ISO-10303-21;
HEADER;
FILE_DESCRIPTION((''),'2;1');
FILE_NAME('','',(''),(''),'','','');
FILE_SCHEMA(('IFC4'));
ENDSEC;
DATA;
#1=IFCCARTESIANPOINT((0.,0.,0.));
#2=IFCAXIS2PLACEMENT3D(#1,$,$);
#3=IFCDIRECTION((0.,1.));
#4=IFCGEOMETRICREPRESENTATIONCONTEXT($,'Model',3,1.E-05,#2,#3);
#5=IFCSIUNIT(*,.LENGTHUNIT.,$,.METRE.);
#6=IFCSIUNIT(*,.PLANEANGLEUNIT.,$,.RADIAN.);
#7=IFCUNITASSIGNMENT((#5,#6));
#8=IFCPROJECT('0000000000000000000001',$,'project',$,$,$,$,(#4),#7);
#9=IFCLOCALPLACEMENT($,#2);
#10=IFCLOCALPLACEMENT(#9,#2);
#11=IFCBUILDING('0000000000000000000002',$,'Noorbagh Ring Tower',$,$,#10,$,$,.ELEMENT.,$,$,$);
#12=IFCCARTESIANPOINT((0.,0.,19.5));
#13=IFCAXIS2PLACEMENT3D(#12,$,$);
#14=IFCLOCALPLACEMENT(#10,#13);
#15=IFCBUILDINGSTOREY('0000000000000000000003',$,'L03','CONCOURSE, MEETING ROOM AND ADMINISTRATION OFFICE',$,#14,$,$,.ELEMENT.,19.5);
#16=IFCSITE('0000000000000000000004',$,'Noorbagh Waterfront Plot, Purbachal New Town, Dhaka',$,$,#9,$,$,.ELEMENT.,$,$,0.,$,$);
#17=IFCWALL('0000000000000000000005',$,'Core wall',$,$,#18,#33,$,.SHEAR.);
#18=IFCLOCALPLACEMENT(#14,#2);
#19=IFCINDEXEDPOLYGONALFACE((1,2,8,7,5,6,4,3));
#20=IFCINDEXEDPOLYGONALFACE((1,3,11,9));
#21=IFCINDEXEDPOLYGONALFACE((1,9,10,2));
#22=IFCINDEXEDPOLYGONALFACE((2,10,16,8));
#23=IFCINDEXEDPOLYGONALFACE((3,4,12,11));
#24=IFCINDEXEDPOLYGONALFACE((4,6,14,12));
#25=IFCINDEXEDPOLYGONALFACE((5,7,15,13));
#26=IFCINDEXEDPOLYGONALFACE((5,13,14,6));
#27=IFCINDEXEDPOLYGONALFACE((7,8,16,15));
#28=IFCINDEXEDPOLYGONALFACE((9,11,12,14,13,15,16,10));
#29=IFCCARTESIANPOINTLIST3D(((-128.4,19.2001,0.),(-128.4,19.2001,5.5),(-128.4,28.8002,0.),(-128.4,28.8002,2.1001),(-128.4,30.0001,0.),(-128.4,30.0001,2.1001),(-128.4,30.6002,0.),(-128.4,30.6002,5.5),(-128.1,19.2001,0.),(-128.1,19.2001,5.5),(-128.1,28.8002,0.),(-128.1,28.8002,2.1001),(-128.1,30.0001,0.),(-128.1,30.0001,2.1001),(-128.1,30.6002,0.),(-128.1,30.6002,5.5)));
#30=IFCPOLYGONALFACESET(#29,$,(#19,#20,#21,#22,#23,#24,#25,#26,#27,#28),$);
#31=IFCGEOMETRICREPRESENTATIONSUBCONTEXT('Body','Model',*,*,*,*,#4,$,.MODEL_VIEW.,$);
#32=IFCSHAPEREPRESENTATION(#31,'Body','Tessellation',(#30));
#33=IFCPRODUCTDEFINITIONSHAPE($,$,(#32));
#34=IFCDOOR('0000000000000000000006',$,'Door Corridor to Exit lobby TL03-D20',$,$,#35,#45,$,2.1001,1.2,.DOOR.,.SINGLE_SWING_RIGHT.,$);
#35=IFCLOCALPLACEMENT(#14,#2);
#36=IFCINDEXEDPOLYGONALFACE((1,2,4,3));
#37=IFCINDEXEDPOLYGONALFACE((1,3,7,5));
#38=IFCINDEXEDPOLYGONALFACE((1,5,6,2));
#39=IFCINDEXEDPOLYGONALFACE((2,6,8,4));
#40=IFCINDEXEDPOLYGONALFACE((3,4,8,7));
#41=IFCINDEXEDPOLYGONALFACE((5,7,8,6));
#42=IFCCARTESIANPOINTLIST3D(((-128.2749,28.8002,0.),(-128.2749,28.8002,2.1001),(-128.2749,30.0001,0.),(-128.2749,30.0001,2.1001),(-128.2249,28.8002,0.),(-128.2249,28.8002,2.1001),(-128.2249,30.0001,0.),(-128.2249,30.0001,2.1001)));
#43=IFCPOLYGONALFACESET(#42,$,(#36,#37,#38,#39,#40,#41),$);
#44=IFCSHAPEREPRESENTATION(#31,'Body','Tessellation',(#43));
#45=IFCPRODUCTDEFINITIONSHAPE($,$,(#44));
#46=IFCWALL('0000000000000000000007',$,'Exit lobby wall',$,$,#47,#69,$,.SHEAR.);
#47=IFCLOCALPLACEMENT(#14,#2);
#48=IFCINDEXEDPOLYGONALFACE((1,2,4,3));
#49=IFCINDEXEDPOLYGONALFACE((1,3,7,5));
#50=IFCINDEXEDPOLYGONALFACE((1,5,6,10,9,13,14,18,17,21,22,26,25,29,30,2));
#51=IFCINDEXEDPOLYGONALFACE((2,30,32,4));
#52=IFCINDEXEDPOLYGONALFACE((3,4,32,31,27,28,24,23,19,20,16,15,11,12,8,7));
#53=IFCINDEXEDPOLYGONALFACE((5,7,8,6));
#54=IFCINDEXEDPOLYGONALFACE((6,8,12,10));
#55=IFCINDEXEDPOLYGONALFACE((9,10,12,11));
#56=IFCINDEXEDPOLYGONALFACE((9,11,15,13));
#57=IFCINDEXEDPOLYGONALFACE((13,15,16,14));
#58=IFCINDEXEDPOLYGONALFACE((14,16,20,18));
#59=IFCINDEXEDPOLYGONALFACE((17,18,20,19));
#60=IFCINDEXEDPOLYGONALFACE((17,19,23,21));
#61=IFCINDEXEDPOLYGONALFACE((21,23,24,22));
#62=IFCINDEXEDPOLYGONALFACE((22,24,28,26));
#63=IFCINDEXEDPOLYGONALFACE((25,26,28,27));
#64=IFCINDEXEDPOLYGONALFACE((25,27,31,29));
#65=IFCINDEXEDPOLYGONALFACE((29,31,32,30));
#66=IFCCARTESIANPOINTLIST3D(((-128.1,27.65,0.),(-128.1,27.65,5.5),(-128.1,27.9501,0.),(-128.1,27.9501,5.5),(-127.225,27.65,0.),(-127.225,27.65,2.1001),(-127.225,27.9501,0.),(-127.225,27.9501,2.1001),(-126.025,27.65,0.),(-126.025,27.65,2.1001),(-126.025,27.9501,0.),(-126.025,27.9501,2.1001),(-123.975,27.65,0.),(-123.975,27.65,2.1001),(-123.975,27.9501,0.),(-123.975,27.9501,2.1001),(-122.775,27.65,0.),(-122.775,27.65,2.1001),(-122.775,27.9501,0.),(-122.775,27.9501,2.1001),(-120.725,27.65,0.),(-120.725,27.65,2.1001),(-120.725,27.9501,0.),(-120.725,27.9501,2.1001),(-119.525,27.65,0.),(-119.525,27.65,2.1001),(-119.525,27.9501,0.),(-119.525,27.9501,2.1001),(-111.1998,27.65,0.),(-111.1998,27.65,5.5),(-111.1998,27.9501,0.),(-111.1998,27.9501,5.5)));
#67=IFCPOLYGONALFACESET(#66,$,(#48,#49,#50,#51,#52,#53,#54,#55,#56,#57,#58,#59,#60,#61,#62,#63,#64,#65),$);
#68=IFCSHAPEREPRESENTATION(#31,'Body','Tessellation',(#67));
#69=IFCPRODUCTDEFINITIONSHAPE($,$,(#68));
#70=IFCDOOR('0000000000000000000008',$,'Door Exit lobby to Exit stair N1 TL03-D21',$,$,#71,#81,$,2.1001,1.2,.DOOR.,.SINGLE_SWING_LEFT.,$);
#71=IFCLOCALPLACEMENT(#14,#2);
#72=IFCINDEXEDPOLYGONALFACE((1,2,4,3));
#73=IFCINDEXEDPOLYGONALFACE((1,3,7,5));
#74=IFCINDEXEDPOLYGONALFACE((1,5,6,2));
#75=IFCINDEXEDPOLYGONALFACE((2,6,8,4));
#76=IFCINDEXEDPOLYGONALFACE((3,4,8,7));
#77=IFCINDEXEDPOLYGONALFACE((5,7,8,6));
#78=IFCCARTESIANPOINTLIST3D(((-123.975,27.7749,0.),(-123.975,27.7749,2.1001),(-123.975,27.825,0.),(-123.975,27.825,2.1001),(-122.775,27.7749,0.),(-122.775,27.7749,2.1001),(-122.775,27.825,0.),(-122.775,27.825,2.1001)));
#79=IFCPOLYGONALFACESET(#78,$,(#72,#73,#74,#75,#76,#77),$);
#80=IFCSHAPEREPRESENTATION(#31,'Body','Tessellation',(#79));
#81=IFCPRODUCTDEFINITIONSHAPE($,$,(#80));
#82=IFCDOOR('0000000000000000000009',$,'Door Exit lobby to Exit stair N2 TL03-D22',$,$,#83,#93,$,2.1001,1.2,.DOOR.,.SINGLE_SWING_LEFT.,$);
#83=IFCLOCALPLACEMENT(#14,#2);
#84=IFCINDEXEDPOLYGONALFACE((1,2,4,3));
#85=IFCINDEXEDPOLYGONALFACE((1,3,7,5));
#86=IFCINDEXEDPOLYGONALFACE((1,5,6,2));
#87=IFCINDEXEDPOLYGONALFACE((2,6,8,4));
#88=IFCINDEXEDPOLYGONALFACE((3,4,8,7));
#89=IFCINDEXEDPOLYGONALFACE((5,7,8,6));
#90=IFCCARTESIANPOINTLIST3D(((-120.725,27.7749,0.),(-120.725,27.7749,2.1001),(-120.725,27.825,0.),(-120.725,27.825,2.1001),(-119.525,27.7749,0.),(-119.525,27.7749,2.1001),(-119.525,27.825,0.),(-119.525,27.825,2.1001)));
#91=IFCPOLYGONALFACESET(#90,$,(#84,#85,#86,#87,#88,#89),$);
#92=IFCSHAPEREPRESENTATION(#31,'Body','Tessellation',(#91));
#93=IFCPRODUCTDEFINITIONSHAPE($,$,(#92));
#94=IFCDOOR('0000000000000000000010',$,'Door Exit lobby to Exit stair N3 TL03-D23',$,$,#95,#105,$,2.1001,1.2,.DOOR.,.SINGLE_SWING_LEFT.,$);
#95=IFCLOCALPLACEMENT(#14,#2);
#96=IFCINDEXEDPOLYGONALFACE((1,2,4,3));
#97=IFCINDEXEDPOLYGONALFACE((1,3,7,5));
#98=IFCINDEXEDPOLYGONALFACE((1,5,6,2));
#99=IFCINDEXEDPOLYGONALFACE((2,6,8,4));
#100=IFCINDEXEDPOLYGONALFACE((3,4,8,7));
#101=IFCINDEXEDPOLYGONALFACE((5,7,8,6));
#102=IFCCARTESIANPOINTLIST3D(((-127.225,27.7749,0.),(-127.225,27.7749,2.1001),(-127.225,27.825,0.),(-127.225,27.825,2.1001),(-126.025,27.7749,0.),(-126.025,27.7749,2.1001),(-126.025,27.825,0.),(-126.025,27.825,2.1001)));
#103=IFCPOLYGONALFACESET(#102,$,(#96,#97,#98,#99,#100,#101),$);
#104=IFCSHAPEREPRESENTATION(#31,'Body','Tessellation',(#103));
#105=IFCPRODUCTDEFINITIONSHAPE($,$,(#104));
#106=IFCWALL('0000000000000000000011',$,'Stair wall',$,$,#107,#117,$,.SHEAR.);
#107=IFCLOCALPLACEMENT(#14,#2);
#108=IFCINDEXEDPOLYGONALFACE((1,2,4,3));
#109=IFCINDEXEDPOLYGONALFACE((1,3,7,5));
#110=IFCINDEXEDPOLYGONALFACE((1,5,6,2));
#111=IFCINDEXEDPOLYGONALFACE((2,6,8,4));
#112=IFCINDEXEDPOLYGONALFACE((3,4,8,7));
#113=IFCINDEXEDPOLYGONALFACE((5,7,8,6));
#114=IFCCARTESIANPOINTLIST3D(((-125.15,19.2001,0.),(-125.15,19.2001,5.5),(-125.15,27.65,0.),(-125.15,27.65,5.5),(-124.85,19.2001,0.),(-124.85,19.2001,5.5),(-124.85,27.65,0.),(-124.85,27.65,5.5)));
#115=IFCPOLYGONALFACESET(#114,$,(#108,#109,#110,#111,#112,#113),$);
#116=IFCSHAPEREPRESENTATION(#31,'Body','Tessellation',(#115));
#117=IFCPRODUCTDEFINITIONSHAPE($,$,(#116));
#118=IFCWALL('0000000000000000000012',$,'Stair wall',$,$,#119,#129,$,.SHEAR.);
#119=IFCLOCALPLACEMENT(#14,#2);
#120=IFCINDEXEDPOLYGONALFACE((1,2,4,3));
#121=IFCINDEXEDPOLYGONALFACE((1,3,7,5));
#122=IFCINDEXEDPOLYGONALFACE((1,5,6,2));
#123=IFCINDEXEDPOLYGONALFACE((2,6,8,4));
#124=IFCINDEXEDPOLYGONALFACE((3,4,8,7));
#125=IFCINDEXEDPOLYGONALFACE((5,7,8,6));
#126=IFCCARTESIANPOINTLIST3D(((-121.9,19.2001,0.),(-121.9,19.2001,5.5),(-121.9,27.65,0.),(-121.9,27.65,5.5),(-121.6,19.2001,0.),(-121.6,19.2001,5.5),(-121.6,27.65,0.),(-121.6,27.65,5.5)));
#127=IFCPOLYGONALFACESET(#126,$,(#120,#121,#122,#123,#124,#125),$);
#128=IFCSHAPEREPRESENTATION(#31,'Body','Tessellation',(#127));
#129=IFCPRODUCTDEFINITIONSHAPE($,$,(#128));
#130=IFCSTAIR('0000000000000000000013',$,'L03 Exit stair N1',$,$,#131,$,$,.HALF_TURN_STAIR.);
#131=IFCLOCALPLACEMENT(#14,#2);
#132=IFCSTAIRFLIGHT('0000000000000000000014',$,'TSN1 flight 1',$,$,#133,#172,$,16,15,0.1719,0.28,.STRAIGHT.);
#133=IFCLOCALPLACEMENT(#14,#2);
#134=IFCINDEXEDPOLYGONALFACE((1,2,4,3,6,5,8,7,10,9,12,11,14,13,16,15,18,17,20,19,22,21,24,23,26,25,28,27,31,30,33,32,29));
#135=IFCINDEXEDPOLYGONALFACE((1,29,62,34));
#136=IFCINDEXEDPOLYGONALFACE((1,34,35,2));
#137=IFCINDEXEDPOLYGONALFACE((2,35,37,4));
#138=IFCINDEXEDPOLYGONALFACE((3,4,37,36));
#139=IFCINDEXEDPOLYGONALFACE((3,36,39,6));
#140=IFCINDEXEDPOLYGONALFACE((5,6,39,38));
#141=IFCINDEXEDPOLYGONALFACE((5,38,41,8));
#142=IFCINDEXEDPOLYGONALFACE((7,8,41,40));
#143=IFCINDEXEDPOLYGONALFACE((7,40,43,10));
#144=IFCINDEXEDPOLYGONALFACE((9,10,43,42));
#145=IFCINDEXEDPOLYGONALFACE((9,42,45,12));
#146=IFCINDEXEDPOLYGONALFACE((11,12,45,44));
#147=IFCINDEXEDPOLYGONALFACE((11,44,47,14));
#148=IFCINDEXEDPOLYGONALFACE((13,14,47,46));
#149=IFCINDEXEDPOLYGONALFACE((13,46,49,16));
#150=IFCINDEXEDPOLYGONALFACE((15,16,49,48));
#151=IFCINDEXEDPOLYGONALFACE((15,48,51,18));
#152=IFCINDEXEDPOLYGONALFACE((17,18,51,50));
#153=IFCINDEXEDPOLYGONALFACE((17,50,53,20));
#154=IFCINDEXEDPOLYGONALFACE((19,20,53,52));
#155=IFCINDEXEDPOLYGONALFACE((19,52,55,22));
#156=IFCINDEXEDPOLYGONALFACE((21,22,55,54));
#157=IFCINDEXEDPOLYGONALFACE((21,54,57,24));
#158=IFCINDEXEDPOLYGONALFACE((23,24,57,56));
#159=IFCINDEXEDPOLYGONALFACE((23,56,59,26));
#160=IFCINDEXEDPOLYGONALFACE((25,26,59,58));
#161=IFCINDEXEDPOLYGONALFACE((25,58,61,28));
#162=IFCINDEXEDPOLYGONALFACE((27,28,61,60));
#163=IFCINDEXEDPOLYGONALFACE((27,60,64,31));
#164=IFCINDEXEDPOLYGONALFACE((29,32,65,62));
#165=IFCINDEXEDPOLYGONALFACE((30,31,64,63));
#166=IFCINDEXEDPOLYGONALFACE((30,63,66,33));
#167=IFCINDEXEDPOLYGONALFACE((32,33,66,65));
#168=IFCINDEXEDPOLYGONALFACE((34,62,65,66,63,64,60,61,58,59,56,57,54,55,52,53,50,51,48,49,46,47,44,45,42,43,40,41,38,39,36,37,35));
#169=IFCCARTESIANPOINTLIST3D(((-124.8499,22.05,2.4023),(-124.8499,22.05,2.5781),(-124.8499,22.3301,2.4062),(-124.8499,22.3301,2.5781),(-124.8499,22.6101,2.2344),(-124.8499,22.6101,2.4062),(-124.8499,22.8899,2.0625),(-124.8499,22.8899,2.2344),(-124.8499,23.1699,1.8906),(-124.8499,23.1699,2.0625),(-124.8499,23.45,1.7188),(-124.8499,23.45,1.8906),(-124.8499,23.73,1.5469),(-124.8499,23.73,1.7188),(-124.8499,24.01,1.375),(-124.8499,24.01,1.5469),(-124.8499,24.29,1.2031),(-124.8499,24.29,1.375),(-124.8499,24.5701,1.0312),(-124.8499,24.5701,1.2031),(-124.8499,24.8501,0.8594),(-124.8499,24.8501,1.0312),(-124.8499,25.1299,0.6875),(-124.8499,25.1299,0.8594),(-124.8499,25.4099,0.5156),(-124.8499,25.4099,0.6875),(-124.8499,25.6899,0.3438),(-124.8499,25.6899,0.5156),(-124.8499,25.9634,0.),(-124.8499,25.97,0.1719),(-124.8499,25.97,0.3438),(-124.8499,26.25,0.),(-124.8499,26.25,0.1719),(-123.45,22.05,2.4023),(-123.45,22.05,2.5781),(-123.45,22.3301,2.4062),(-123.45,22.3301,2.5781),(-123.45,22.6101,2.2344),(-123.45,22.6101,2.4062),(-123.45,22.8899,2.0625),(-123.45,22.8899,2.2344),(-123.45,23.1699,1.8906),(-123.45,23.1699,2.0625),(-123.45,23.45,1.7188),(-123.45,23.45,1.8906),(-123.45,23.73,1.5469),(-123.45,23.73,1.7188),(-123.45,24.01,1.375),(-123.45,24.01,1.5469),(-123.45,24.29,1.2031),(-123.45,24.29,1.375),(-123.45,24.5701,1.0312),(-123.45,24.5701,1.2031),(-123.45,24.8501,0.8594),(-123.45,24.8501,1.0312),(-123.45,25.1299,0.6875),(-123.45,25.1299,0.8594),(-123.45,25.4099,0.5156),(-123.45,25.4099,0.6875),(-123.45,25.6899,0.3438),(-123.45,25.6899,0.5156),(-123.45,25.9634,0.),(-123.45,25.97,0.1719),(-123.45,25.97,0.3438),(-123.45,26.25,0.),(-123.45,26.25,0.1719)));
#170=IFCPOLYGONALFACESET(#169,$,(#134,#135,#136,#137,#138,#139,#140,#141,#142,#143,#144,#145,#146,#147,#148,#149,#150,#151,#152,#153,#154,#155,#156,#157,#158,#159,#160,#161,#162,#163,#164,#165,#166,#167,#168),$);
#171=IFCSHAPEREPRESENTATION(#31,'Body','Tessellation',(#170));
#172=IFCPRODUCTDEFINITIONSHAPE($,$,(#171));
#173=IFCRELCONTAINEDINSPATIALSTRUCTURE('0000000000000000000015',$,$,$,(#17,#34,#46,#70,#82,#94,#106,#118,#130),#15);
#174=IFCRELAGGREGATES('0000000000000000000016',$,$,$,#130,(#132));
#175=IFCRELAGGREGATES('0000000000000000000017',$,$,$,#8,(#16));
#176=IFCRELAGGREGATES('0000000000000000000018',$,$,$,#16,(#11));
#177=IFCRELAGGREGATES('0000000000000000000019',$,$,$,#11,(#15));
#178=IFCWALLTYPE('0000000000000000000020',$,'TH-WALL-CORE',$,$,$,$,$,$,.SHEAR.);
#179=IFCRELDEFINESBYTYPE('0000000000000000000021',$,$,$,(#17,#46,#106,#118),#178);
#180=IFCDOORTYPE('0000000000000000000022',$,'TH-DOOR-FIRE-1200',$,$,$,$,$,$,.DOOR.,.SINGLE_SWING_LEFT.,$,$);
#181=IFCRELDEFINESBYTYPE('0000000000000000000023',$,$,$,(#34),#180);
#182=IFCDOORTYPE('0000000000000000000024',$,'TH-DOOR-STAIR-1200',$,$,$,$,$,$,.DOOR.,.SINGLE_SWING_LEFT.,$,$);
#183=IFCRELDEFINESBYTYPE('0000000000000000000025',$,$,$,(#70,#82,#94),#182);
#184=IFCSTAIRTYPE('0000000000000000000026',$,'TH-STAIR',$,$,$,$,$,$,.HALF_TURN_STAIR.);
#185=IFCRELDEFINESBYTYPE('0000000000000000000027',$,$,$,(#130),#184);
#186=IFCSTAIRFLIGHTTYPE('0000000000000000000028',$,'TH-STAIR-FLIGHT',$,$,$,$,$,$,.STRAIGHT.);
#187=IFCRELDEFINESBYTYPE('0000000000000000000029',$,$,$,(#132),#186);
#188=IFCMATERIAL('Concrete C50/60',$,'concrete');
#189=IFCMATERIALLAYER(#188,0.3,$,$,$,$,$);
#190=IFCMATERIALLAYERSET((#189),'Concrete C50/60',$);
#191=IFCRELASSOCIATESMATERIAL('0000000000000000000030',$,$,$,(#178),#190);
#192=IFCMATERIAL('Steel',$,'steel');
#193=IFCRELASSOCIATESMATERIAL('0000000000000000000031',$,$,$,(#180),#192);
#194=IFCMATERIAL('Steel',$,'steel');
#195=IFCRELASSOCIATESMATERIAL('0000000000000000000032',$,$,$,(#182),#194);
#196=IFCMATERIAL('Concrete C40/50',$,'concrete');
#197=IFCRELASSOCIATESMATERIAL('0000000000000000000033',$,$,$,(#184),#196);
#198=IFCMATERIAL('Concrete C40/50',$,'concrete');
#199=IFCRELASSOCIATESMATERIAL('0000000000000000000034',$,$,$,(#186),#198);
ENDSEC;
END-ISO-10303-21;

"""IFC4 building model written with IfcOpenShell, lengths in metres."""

from ifc_helpers import new_model, si_unit, direction, frame, frame_2d, origin, place, context, subcontext, project, spatial, polyline, rectangle, outline, extrude, material, layer, layer_set, type_object, element, fill, aggregate, save


model = new_model("IFC4")

# Units and contexts
model_context = context("Model", 3, precision=1e-05, world=origin(), true_north=direction((0.0, 1.0)))
body_context = subcontext(model_context, "Body", "Model", "MODEL_VIEW")
ifc_project = project(units=[si_unit("LENGTHUNIT", "METRE"), si_unit("PLANEANGLEUNIT", "RADIAN")], contexts=[model_context])

# Site, building, storey
site_placement = place(None, origin())
site = spatial("IfcSite", under=ifc_project, at=site_placement, Name="Noorbagh Waterfront Plot, Purbachal New Town, Dhaka", CompositionType="ELEMENT", RefElevation=0.0)
building_placement = place(site_placement, origin())
building = spatial("IfcBuilding", under=site, at=building_placement, Name="Noorbagh Ring Tower", CompositionType="ELEMENT")
storey_placement = place(building_placement, frame((0.0, 0.0, 19.5)))
storey = spatial("IfcBuildingStorey", under=building, at=storey_placement, Name="L03", Description="CONCOURSE, MEETING ROOM AND ADMINISTRATION OFFICE", CompositionType="ELEMENT", Elevation=19.5)

# Wall, opening, door
ifc_material_1 = material(Name="Concrete C50/60", Category="concrete")
ifc_layer_1 = layer(ifc_material_1, 0.3)
ifc_layer_set_1 = layer_set([ifc_layer_1], Name="Concrete C50/60")
wall_type = type_object("IfcWallType", Name="TH-WALL-CORE", PredefinedType="SHEAR", material=ifc_layer_set_1)
wall_1_placement = place(storey_placement, frame((-128.25, 19.2, 0.0), z_axis=(0.0, 0.0, 1.0), x_axis=(0.0, 1.0, 0.0)))
wall_1 = element("IfcWall", 1, at=wall_1_placement, inside=storey, type_object=wall_type, Name="Core wall", PredefinedType="SHEAR", context=body_context, shape_type="SweptSolid", body=[
    extrude(rectangle(XDim=11.4001, YDim=0.3, at=frame_2d((5.7002, 0.0))), origin(), (0.0, 0.0, 1.0), 5.5),
])
opening_1_placement = place(wall_1_placement, frame((9.6001, 0.0, 0.0)))
opening_1 = element("IfcOpeningElement", 2, at=opening_1_placement, cuts=wall_1, PredefinedType="OPENING", context=body_context, shape_type="SweptSolid", body=[
    extrude(rectangle(XDim=1.2, YDim=2.1001, at=frame_2d((0.6001, 1.05))), frame((0.0, 0.1602, 0.0), z_axis=(0.0, -1.0, 0.0), x_axis=(1.0, 0.0, 0.0)), (0.0, 0.0, 1.0), 0.3201),
])
ifc_material_2 = material(Name="Steel", Category="steel")
door_type_1 = type_object("IfcDoorType", Name="TH-DOOR-FIRE-1200", OperationType="SINGLE_SWING_LEFT", PredefinedType="DOOR", material=ifc_material_2)
door_1_placement = place(opening_1_placement, origin())
door_1 = element("IfcDoor", 3, at=door_1_placement, inside=storey, type_object=door_type_1, Name="Door Corridor to Exit lobby TL03-D20", OperationType="SINGLE_SWING_RIGHT", OverallHeight=2.1001, OverallWidth=1.2, PredefinedType="DOOR", context=body_context, shape_type="SweptSolid", body=[
    extrude(rectangle(XDim=1.2, YDim=2.1001, at=frame_2d((0.6001, 1.05))), frame((0.0, 0.0249, 0.0), z_axis=(0.0, -1.0, 0.0), x_axis=(1.0, 0.0, 0.0)), (0.0, 0.0, 1.0), 0.05),
])
fill(opening_1, door_1)

# Wall, openings, doors
wall_2_placement = place(storey_placement, frame((-128.1001, 27.8, 0.0), z_axis=(0.0, 0.0, 1.0), x_axis=(1.0, 0.0, 0.0)))
wall_2 = element("IfcWall", 4, at=wall_2_placement, inside=storey, type_object=wall_type, Name="Exit lobby wall", PredefinedType="SHEAR", context=body_context, shape_type="SweptSolid", body=[
    extrude(rectangle(XDim=16.9001, YDim=0.3, at=frame_2d((8.4502, 0.0))), origin(), (0.0, 0.0, 1.0), 5.5),
])
opening_2_placement = place(wall_2_placement, frame((4.125, 0.0, 0.0)))
opening_2 = element("IfcOpeningElement", 5, at=opening_2_placement, cuts=wall_2, PredefinedType="OPENING", context=body_context, shape_type="SweptSolid", body=[
    extrude(rectangle(XDim=1.2, YDim=2.1001, at=frame_2d((0.6001, 1.05))), frame((0.0, 0.1602, 0.0), z_axis=(0.0, -1.0, 0.0), x_axis=(1.0, 0.0, 0.0)), (0.0, 0.0, 1.0), 0.3201),
])
opening_3_placement = place(wall_2_placement, frame((7.375, 0.0, 0.0)))
opening_3 = element("IfcOpeningElement", 6, at=opening_3_placement, cuts=wall_2, PredefinedType="OPENING", context=body_context, shape_type="SweptSolid", body=[
    extrude(rectangle(XDim=1.2, YDim=2.1001, at=frame_2d((0.6001, 1.05))), frame((0.0, 0.1602, 0.0), z_axis=(0.0, -1.0, 0.0), x_axis=(1.0, 0.0, 0.0)), (0.0, 0.0, 1.0), 0.3201),
])
opening_4_placement = place(wall_2_placement, frame((0.875, 0.0, 0.0)))
opening_4 = element("IfcOpeningElement", 7, at=opening_4_placement, cuts=wall_2, PredefinedType="OPENING", context=body_context, shape_type="SweptSolid", body=[
    extrude(rectangle(XDim=1.2, YDim=2.1001, at=frame_2d((0.6001, 1.05))), frame((0.0, 0.1602, 0.0), z_axis=(0.0, -1.0, 0.0), x_axis=(1.0, 0.0, 0.0)), (0.0, 0.0, 1.0), 0.3201),
])
ifc_material_3 = material(Name="Steel", Category="steel")
door_type_2 = type_object("IfcDoorType", Name="TH-DOOR-STAIR-1200", OperationType="SINGLE_SWING_LEFT", PredefinedType="DOOR", material=ifc_material_3)
door_2_placement = place(opening_2_placement, origin())
door_2 = element("IfcDoor", 8, at=door_2_placement, inside=storey, type_object=door_type_2, Name="Door Exit lobby to Exit stair N1 TL03-D21", OperationType="SINGLE_SWING_LEFT", OverallHeight=2.1001, OverallWidth=1.2, PredefinedType="DOOR", context=body_context, shape_type="SweptSolid", body=[
    extrude(rectangle(XDim=1.2, YDim=2.1001, at=frame_2d((0.6001, 1.05))), frame((0.0, 0.0249, 0.0), z_axis=(0.0, -1.0, 0.0), x_axis=(1.0, 0.0, 0.0)), (0.0, 0.0, 1.0), 0.05),
])
fill(opening_2, door_2)
door_3_placement = place(opening_3_placement, origin())
door_3 = element("IfcDoor", 9, at=door_3_placement, inside=storey, type_object=door_type_2, Name="Door Exit lobby to Exit stair N2 TL03-D22", OperationType="SINGLE_SWING_LEFT", OverallHeight=2.1001, OverallWidth=1.2, PredefinedType="DOOR", context=body_context, shape_type="SweptSolid", body=[
    extrude(rectangle(XDim=1.2, YDim=2.1001, at=frame_2d((0.6001, 1.05))), frame((0.0, 0.0249, 0.0), z_axis=(0.0, -1.0, 0.0), x_axis=(1.0, 0.0, 0.0)), (0.0, 0.0, 1.0), 0.05),
])
fill(opening_3, door_3)
door_4_placement = place(opening_4_placement, origin())
door_4 = element("IfcDoor", 10, at=door_4_placement, inside=storey, type_object=door_type_2, Name="Door Exit lobby to Exit stair N3 TL03-D23", OperationType="SINGLE_SWING_LEFT", OverallHeight=2.1001, OverallWidth=1.2, PredefinedType="DOOR", context=body_context, shape_type="SweptSolid", body=[
    extrude(rectangle(XDim=1.2, YDim=2.1001, at=frame_2d((0.6001, 1.05))), frame((0.0, 0.0249, 0.0), z_axis=(0.0, -1.0, 0.0), x_axis=(1.0, 0.0, 0.0)), (0.0, 0.0, 1.0), 0.05),
])
fill(opening_4, door_4)

# Walls
for number, where, z_axis, x_axis, name in (
    (11, (-125.0, 19.2, 0.0), (0.0, 0.0, 1.0), (0.0, 1.0, 0.0), "Stair wall"),
    (12, (-121.75, 19.2, 0.0), (0.0, 0.0, 1.0), (0.0, 1.0, 0.0), "Stair wall"),
):
    element("IfcWall", number, at=place(storey_placement, frame(where, z_axis=z_axis, x_axis=x_axis)), inside=storey, type_object=wall_type, Name=name, PredefinedType="SHEAR", context=body_context, shape_type="SweptSolid", body=[
        extrude(rectangle(XDim=8.45, YDim=0.3, at=frame_2d((4.2251, 0.0))), origin(), (0.0, 0.0, 1.0), 5.5),
    ])

# Stair, stair flight
ifc_material_4 = material(Name="Concrete C40/50", Category="concrete")
stair_type = type_object("IfcStairType", Name="TH-STAIR", PredefinedType="HALF_TURN_STAIR", material=ifc_material_4)
stair_1_placement = place(storey_placement, origin())
stair_1 = element("IfcStair", 13, at=stair_1_placement, inside=storey, type_object=stair_type, Name="L03 Exit stair N1", PredefinedType="HALF_TURN_STAIR")
ifc_material_5 = material(Name="Concrete C40/50", Category="concrete")
stair_flight_type = type_object("IfcStairFlightType", Name="TH-STAIR-FLIGHT", PredefinedType="STRAIGHT", material=ifc_material_5)
stair_flight_1_placement = place(storey_placement, frame((-124.1499, 26.25, 0.0), z_axis=(0.0, 0.0, 1.0), x_axis=(0.0, -1.0, 0.0)))
stair_flight_1 = element("IfcStairFlight", 14, at=stair_flight_1_placement, type_object=stair_flight_type, Name="TSN1 flight 1", NumberOfRisers=16, NumberOfTreads=15, PredefinedType="STRAIGHT", RiserHeight=0.1719, TreadLength=0.28, context=body_context, shape_type="SweptSolid", body=[
    extrude(outline(polyline([(0.0, 0.0), (0.0, 0.1719), (0.28, 0.1719), (0.28, 0.3438), (0.5601, 0.3438), (0.5601, 0.5156), (0.8401, 0.5156), (0.8401, 0.6875), (1.1201, 0.6875), (1.1201, 0.8594), (1.3999, 0.8594), (1.3999, 1.0312), (1.6799, 1.0312), (1.6799, 1.2031), (1.96, 1.2031), (1.96, 1.375), (2.24, 1.375), (2.24, 1.5469), (2.52, 1.5469), (2.52, 1.7188), (2.8, 1.7188), (2.8, 1.8906), (3.0801, 1.8906), (3.0801, 2.0625), (3.3601, 2.0625), (3.3601, 2.2344), (3.6399, 2.2344), (3.6399, 2.4062), (3.9199, 2.4062), (3.9199, 2.5781), (4.2, 2.5781), (4.2, 2.75), (4.2, 2.4023), (0.2866, 0.0), (0.0, 0.0)])), frame((0.0, 0.7, 0.0), z_axis=(0.0, -1.0, 0.0), x_axis=(1.0, 0.0, 0.0)), (0.0, 0.0, 1.0), 1.3999),
])
aggregate(stair_1, [stair_flight_1])

save(model, "model.ifc")
